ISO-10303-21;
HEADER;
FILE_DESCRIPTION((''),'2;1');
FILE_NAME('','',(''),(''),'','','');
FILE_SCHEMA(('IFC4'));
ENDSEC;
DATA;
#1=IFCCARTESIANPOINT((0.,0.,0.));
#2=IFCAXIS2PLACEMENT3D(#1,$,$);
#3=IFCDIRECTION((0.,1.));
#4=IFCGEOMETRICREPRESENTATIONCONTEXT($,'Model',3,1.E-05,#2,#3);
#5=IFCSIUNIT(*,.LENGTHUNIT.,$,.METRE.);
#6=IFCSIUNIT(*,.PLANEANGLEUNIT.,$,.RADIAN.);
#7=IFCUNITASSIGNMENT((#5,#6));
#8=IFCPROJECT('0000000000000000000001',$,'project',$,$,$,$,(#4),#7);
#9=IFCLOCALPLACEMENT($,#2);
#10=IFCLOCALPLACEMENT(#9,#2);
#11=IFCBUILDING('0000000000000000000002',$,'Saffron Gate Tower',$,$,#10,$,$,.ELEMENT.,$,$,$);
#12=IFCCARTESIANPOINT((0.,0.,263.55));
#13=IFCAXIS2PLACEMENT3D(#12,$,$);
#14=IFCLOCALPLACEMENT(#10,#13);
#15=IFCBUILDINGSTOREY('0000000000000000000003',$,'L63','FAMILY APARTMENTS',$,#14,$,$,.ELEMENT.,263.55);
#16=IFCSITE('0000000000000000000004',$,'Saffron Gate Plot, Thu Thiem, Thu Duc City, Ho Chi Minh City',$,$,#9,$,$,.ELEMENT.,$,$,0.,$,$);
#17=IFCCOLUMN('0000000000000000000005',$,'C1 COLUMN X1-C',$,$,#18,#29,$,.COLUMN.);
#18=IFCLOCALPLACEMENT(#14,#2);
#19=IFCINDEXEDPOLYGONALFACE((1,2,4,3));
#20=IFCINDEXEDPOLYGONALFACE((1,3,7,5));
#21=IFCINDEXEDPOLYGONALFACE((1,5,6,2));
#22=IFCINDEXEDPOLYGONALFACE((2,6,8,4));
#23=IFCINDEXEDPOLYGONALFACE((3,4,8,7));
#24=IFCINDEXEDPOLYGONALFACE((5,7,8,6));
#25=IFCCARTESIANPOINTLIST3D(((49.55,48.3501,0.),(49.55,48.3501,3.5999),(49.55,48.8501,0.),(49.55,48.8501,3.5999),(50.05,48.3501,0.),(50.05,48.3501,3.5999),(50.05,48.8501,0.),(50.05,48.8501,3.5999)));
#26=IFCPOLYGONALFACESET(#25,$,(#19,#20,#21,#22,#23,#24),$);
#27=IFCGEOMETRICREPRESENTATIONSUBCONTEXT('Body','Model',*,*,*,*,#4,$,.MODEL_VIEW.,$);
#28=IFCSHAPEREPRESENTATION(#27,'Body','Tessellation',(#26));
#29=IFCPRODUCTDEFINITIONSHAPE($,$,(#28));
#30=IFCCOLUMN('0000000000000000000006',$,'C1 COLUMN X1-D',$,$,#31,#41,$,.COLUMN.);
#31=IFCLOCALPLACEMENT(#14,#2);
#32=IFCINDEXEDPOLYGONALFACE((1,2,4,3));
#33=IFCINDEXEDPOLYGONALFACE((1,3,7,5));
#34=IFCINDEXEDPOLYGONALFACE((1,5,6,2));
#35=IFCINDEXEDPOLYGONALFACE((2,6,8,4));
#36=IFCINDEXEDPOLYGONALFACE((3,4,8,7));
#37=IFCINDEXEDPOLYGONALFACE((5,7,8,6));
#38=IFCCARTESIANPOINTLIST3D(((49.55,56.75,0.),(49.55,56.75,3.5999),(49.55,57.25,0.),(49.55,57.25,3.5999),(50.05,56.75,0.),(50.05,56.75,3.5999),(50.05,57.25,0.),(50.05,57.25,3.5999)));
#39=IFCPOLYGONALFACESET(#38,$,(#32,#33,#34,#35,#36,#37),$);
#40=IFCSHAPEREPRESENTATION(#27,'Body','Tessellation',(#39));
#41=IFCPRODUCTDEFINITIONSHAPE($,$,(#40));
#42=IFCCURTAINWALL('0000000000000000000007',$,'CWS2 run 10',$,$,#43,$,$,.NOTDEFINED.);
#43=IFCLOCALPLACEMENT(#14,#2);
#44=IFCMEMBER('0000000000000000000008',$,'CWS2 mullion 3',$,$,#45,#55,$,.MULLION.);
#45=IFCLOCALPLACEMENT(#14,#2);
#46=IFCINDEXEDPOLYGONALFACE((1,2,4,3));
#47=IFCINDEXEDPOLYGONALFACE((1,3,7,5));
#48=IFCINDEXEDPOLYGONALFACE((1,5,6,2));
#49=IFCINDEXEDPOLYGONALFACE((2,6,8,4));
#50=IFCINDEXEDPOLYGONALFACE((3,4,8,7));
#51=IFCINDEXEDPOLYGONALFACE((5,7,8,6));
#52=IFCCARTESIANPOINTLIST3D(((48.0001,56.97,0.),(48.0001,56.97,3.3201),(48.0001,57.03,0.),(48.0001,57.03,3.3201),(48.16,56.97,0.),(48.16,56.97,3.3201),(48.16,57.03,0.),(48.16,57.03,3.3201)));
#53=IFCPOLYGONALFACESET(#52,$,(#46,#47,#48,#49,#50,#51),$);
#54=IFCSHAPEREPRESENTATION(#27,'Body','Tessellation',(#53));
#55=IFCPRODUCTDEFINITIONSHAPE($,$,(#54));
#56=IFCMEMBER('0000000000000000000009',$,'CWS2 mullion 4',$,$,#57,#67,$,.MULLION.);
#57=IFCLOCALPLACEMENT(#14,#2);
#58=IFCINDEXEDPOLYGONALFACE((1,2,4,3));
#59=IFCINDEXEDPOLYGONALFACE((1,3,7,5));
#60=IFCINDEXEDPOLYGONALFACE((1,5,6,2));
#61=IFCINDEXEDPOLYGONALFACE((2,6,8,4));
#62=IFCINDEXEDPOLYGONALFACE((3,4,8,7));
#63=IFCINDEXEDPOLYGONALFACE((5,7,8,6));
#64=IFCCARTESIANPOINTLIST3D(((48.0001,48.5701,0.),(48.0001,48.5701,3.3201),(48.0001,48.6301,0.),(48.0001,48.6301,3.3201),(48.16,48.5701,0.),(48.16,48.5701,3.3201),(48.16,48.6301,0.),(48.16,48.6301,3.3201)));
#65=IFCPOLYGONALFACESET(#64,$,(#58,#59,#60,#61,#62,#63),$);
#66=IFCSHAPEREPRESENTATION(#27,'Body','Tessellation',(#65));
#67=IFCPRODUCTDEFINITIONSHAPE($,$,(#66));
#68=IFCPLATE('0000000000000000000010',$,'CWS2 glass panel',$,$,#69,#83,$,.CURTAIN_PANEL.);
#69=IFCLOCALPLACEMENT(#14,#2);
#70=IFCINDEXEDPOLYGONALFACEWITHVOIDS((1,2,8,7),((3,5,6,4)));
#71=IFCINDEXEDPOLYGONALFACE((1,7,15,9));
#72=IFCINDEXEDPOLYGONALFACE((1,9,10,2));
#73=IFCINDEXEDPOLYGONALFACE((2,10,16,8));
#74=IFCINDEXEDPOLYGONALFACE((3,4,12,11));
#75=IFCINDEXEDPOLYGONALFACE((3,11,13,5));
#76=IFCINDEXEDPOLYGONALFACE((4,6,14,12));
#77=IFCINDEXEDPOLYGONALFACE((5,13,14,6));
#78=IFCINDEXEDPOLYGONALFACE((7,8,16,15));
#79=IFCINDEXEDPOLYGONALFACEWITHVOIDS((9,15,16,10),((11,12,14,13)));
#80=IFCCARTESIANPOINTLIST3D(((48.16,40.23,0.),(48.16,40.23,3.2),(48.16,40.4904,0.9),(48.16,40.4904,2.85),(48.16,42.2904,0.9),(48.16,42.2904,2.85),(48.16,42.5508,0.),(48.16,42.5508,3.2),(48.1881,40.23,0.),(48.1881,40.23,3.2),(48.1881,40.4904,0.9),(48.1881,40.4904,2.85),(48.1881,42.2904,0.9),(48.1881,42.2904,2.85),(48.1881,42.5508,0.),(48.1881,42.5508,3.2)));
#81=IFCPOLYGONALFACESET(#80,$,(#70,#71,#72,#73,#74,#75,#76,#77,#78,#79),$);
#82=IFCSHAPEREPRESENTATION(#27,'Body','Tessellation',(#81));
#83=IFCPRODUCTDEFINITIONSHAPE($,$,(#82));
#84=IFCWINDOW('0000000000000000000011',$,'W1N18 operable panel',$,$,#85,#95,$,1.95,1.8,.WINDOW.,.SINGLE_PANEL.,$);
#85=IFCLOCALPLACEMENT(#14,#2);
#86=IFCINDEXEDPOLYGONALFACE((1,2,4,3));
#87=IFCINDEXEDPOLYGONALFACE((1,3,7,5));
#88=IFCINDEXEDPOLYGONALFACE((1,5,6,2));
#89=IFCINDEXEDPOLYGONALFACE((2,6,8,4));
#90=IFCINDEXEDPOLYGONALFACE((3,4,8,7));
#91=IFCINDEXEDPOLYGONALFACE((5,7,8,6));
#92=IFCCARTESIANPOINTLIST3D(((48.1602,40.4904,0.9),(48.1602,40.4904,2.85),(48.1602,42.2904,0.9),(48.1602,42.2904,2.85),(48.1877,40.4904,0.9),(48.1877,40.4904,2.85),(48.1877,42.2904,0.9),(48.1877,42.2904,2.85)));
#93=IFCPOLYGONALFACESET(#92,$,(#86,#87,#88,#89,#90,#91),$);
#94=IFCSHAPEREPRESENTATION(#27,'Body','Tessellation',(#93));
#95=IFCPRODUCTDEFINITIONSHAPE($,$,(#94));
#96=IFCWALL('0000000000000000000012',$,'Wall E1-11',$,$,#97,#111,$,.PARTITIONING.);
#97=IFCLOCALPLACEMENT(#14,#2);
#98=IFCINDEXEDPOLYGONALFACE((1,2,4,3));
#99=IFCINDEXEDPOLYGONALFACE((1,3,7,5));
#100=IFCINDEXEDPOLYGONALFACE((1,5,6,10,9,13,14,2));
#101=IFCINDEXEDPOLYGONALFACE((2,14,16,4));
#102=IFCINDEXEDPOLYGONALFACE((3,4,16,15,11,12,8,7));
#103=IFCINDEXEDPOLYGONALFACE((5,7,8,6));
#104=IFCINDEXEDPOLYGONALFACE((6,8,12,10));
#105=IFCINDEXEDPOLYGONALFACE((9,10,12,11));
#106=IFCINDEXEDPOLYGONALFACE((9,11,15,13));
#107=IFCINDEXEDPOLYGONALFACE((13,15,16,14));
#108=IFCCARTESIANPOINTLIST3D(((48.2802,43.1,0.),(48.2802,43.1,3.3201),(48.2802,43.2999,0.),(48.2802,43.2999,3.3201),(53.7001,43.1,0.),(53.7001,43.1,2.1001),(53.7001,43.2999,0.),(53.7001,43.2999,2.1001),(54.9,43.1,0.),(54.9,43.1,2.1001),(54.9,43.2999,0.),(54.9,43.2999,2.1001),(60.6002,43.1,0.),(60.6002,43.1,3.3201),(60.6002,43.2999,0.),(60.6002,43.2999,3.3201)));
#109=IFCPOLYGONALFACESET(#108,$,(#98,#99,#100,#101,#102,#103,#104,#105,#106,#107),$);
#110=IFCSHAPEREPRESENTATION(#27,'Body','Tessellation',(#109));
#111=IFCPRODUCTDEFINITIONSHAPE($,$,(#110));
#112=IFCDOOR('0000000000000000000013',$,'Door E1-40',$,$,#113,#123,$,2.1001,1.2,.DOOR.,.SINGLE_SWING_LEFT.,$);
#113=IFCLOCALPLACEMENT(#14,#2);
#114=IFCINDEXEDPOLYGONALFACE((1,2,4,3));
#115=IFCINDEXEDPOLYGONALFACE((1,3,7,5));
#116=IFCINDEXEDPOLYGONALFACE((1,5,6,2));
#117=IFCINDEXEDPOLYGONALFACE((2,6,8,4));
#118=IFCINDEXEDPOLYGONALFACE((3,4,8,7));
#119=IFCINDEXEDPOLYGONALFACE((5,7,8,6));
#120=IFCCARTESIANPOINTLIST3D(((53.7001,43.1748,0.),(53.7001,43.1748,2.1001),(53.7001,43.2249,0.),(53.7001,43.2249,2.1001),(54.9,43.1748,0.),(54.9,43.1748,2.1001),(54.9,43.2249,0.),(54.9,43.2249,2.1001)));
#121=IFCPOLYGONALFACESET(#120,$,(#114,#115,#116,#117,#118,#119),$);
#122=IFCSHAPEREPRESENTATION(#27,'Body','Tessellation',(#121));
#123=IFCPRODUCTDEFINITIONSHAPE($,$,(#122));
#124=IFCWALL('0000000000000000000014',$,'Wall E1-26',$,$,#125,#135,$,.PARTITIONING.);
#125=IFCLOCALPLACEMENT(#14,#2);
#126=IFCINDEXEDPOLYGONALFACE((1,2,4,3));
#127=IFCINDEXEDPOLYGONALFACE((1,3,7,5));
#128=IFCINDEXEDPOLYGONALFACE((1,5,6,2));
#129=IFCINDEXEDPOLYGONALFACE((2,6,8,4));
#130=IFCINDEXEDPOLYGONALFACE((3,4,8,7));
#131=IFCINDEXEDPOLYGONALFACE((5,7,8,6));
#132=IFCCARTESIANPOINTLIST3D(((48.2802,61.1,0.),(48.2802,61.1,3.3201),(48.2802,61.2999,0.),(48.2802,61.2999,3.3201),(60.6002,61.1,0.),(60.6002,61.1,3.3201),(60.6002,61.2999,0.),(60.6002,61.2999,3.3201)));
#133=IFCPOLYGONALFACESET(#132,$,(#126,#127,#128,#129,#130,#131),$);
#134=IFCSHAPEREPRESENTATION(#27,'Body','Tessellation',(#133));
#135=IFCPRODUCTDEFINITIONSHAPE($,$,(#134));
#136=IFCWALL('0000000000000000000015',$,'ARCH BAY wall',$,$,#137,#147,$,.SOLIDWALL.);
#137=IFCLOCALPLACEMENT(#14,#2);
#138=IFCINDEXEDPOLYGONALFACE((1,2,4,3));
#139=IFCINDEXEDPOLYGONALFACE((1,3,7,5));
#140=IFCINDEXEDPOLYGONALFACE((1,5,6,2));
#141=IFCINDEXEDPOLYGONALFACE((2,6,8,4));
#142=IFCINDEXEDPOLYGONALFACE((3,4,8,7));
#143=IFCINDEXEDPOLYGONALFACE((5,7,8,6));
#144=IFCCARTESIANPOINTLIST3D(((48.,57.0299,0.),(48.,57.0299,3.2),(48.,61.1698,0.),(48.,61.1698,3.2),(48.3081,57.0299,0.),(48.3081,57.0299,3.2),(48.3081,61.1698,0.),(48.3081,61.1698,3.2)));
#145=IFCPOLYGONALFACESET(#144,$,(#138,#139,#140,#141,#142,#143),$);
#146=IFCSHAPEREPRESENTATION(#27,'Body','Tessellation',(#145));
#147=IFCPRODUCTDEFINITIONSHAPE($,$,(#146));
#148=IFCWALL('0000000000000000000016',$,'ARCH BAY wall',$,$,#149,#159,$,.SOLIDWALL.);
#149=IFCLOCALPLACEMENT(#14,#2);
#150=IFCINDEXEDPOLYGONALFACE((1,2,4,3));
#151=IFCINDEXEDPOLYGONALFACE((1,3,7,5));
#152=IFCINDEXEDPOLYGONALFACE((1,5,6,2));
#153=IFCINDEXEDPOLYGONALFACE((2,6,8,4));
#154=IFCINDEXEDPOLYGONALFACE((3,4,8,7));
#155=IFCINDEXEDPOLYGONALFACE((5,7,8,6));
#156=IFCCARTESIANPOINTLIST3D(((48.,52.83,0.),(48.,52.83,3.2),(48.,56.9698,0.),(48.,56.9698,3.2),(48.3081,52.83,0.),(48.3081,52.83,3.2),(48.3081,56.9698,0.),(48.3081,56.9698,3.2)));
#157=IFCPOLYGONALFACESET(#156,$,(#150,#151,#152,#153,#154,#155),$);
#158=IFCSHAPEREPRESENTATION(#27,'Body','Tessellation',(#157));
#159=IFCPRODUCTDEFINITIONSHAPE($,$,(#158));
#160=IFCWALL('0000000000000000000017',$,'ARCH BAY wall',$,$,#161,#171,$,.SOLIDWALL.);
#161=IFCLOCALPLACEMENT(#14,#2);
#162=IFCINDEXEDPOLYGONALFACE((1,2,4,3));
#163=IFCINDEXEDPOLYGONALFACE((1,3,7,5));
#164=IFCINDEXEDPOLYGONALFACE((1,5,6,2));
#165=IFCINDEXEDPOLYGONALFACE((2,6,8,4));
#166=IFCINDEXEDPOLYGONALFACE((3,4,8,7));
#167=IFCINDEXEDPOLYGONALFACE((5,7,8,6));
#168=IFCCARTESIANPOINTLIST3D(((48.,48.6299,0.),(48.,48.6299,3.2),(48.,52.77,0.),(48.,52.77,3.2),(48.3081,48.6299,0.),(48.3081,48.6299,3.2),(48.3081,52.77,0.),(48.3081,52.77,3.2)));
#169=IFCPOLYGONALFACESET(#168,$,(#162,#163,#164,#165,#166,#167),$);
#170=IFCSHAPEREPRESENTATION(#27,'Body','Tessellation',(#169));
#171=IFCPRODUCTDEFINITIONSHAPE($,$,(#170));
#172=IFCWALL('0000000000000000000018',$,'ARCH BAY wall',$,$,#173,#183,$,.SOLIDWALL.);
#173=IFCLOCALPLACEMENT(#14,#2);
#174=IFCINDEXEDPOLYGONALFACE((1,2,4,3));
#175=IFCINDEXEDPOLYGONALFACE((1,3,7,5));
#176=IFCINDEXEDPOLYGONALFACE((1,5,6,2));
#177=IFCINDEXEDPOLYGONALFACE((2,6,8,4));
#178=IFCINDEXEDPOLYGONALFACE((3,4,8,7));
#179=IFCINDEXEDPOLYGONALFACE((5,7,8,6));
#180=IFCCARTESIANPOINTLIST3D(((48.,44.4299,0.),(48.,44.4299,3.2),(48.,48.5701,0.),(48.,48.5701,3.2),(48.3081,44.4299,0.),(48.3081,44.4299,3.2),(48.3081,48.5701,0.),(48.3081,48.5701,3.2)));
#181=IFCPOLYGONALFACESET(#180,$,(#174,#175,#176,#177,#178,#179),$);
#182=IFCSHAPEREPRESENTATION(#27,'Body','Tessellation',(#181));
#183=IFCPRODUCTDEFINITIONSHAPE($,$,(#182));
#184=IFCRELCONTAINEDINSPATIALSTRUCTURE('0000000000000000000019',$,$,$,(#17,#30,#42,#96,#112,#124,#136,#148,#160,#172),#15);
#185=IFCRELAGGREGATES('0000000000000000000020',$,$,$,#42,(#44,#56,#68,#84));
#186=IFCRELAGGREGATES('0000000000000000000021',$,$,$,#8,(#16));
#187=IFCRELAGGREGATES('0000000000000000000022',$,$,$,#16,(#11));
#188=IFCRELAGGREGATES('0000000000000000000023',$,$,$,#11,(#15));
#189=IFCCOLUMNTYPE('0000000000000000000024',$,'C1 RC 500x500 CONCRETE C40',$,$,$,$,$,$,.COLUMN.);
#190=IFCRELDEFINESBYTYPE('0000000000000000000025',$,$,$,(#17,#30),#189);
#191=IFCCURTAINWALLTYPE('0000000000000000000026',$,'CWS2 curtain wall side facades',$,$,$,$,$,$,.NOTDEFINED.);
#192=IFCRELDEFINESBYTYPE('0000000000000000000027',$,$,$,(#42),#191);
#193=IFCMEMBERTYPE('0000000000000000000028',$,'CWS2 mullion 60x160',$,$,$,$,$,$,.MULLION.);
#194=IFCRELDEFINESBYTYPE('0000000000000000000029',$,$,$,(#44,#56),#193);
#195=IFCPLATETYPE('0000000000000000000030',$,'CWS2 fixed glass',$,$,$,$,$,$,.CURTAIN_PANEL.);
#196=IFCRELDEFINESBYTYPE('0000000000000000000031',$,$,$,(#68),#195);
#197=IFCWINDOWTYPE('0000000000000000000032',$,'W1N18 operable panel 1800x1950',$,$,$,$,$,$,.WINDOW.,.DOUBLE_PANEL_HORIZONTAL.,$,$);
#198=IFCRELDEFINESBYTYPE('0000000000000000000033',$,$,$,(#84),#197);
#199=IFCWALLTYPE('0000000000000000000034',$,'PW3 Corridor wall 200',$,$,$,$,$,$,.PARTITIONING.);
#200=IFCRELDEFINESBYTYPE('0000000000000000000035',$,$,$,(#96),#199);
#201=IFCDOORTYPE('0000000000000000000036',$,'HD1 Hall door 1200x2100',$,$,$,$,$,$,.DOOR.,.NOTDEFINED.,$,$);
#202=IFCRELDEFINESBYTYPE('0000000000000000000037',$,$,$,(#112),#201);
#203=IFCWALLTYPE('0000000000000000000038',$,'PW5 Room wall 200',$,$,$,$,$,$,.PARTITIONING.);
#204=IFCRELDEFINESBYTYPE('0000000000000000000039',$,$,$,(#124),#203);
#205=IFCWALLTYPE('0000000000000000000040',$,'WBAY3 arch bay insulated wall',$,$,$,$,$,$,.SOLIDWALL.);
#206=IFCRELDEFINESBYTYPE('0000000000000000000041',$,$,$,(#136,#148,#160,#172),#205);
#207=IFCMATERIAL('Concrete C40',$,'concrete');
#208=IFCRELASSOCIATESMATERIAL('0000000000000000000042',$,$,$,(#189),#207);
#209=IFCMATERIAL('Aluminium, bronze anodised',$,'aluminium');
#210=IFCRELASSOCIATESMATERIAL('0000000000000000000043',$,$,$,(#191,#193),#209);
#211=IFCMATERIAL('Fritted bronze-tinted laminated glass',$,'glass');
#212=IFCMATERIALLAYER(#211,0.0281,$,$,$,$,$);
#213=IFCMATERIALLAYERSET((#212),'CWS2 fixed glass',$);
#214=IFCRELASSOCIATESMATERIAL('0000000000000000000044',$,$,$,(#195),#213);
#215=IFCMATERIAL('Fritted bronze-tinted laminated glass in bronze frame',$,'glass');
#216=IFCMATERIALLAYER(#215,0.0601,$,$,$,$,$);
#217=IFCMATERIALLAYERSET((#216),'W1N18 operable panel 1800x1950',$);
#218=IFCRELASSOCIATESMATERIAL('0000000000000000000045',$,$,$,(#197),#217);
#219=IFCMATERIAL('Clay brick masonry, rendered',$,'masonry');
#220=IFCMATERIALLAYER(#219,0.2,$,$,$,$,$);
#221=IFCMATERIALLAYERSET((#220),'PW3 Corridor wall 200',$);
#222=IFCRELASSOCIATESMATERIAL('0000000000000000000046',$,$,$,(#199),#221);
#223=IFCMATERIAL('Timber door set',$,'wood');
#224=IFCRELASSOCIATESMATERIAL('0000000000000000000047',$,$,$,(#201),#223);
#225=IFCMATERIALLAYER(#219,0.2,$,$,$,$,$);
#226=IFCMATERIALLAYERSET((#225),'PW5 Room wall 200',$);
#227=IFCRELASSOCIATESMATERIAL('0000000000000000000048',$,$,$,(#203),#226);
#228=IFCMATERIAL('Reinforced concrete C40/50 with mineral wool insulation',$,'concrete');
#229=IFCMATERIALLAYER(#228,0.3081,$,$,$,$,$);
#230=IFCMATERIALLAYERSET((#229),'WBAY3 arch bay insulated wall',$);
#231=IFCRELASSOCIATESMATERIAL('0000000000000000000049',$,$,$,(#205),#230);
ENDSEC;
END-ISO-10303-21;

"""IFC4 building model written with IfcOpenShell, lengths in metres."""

from ifc_helpers import new_model, si_unit, direction, frame, frame_2d, origin, origin_2d, place, context, subcontext, project, spatial, rectangle, extrude, material, layer, layer_set, material_profile, profile_set, type_object, element, fill, aggregate, save


model = new_model("IFC4")

# Units and contexts
model_context = context("Model", 3, precision=1e-05, world=origin(), true_north=direction((0.0, 1.0)))
body_context = subcontext(model_context, "Body", "Model", "MODEL_VIEW")
ifc_project = project(units=[si_unit("LENGTHUNIT", "METRE"), si_unit("PLANEANGLEUNIT", "RADIAN")], contexts=[model_context])

# Site, building, storey
site_placement = place(None, origin())
site = spatial("IfcSite", under=ifc_project, at=site_placement, Name="Saffron Gate Plot, Thu Thiem, Thu Duc City, Ho Chi Minh City", CompositionType="ELEMENT", RefElevation=0.0)
building_placement = place(site_placement, origin())
building = spatial("IfcBuilding", under=site, at=building_placement, Name="Saffron Gate Tower", CompositionType="ELEMENT")
storey_placement = place(building_placement, frame((0.0, 0.0, 263.55)))
storey = spatial("IfcBuildingStorey", under=building, at=storey_placement, Name="L63", Description="FAMILY APARTMENTS", CompositionType="ELEMENT", Elevation=263.55)

# Columns
ifc_material_1 = material(Name="Concrete C40", Category="concrete")
ifc_material_profile_1 = material_profile(ifc_material_1, rectangle(XDim=0.5, YDim=0.5, at=origin_2d()))
ifc_profile_set_1 = profile_set([ifc_material_profile_1], Name="Concrete C40")
column_type = type_object("IfcColumnType", Name="C1 RC 500x500 CONCRETE C40", PredefinedType="COLUMN", material=ifc_profile_set_1)
for number, where, z_axis, x_axis, name in (
    (1, (49.8, 48.6001, 0.0), (0.0, 0.0, 1.0), (1.0, 0.0, 0.0), "C1 COLUMN X1-C"),
    (2, (49.8, 57.0, 0.0), (0.0, 0.0, 1.0), (1.0, 0.0, 0.0), "C1 COLUMN X1-D"),
):
    element("IfcColumn", number, at=place(storey_placement, frame(where, z_axis=z_axis, x_axis=x_axis)), inside=storey, type_object=column_type, Name=name, PredefinedType="COLUMN", context=body_context, shape_type="SweptSolid", body=[
        extrude(rectangle(XDim=0.5, YDim=0.5, at=origin_2d()), origin(), (0.0, 0.0, 1.0), 3.5999),
    ])

# Curtain wall, members, plate, opening, window
ifc_material_2 = material(Name="Aluminium, bronze anodised", Category="aluminium")
curtain_wall_type = type_object("IfcCurtainWallType", Name="CWS2 curtain wall side facades", PredefinedType="NOTDEFINED", material=ifc_material_2)
curtain_wall_placement = place(storey_placement, origin())
curtain_wall = element("IfcCurtainWall", 3, at=curtain_wall_placement, inside=storey, type_object=curtain_wall_type, Name="CWS2 run 10", PredefinedType="NOTDEFINED")
ifc_material_profile_2 = material_profile(ifc_material_2, rectangle(XDim=0.1599, YDim=0.0601, at=origin_2d()))
ifc_profile_set_2 = profile_set([ifc_material_profile_2], Name="Aluminium, bronze anodised")
member_type = type_object("IfcMemberType", Name="CWS2 mullion 60x160", PredefinedType="MULLION", material=ifc_profile_set_2)
member_1_placement = place(storey_placement, frame((48.0801, 57.0, 0.0), z_axis=(0.0, 0.0, 1.0), x_axis=(1.0, 0.0, 0.0)))
member_1 = element("IfcMember", 4, at=member_1_placement, type_object=member_type, Name="CWS2 mullion 3", PredefinedType="MULLION", context=body_context, shape_type="SweptSolid", body=[
    extrude(rectangle(XDim=0.1599, YDim=0.0601, at=origin_2d()), origin(), (0.0, 0.0, 1.0), 3.3201),
])
member_2_placement = place(storey_placement, frame((48.0801, 48.6001, 0.0), z_axis=(0.0, 0.0, 1.0), x_axis=(1.0, 0.0, 0.0)))
member_2 = element("IfcMember", 5, at=member_2_placement, type_object=member_type, Name="CWS2 mullion 4", PredefinedType="MULLION", context=body_context, shape_type="SweptSolid", body=[
    extrude(rectangle(XDim=0.1599, YDim=0.0601, at=origin_2d()), origin(), (0.0, 0.0, 1.0), 3.3201),
])
ifc_material_3 = material(Name="Fritted bronze-tinted laminated glass", Category="glass")
ifc_layer_1 = layer(ifc_material_3, 0.0281)
ifc_layer_set_1 = layer_set([ifc_layer_1], Name="CWS2 fixed glass")
plate_type = type_object("IfcPlateType", Name="CWS2 fixed glass", PredefinedType="CURTAIN_PANEL", material=ifc_layer_set_1)
plate_placement = place(storey_placement, frame((48.1741, 42.5508, 0.0), z_axis=(0.0, 0.0, 1.0), x_axis=(0.0, -1.0, 0.0)))
plate = element("IfcPlate", 6, at=plate_placement, type_object=plate_type, Name="CWS2 glass panel", PredefinedType="CURTAIN_PANEL", context=body_context, shape_type="SweptSolid", body=[
    extrude(rectangle(XDim=2.3208, YDim=0.0281, at=frame_2d((1.1604, 0.0))), origin(), (0.0, 0.0, 1.0), 3.2),
])
opening_1_placement = place(plate_placement, frame((0.2605, 0.0, 0.8999)))
opening_1 = element("IfcOpeningElement", 7, at=opening_1_placement, cuts=plate, PredefinedType="OPENING", context=body_context, shape_type="SweptSolid", body=[
    extrude(rectangle(XDim=1.8, YDim=1.95, at=frame_2d((0.8999, 0.9751))), frame((0.0, 0.0239, 0.0), z_axis=(0.0, -1.0, 0.0), x_axis=(1.0, 0.0, 0.0)), (0.0, 0.0, 1.0), 0.0481),
])
ifc_material_4 = material(Name="Fritted bronze-tinted laminated glass in bronze frame", Category="glass")
ifc_layer_2 = layer(ifc_material_4, 0.0601)
ifc_layer_set_2 = layer_set([ifc_layer_2], Name="W1N18 operable panel 1800x1950")
window_type = type_object("IfcWindowType", Name="W1N18 operable panel 1800x1950", PartitioningType="DOUBLE_PANEL_HORIZONTAL", PredefinedType="WINDOW", material=ifc_layer_set_2)
window_placement = place(opening_1_placement, origin())
window = element("IfcWindow", 8, at=window_placement, type_object=window_type, Name="W1N18 operable panel", OverallHeight=1.95, OverallWidth=1.8, PartitioningType="SINGLE_PANEL", PredefinedType="WINDOW", context=body_context, shape_type="SweptSolid", body=[
    extrude(rectangle(XDim=1.8, YDim=1.95, at=frame_2d((0.8999, 0.9751))), frame((0.0, 0.0137, 0.0), z_axis=(0.0, -1.0, 0.0), x_axis=(1.0, 0.0, 0.0)), (0.0, 0.0, 1.0), 0.0276),
])
fill(opening_1, window)
aggregate(curtain_wall, [member_1, member_2, plate, window])

# Wall, opening, door
ifc_material_5 = material(Name="Clay brick masonry, rendered", Category="masonry")
ifc_layer_3 = layer(ifc_material_5, 0.2)
ifc_layer_set_3 = layer_set([ifc_layer_3], Name="PW3 Corridor wall 200")
wall_type_1 = type_object("IfcWallType", Name="PW3 Corridor wall 200", PredefinedType="PARTITIONING", material=ifc_layer_set_3)
wall_1_placement = place(storey_placement, frame((48.28, 43.2, 0.0), z_axis=(0.0, 0.0, 1.0), x_axis=(1.0, 0.0, 0.0)))
wall_1 = element("IfcWall", 9, at=wall_1_placement, inside=storey, type_object=wall_type_1, Name="Wall E1-11", PredefinedType="PARTITIONING", context=body_context, shape_type="SweptSolid", body=[
    extrude(rectangle(XDim=12.3201, YDim=0.2, at=frame_2d((6.1602, 0.0))), origin(), (0.0, 0.0, 1.0), 3.3201),
])
opening_2_placement = place(wall_1_placement, frame((5.4199, 0.0, 0.0)))
opening_2 = element("IfcOpeningElement", 10, at=opening_2_placement, cuts=wall_1, PredefinedType="OPENING", context=body_context, shape_type="SweptSolid", body=[
    extrude(rectangle(XDim=1.2, YDim=2.1001, at=frame_2d((0.6001, 1.05))), frame((0.0, 0.1099, 0.0), z_axis=(0.0, -1.0, 0.0), x_axis=(1.0, 0.0, 0.0)), (0.0, 0.0, 1.0), 0.22),
])
ifc_material_6 = material(Name="Timber door set", Category="wood")
door_type = type_object("IfcDoorType", Name="HD1 Hall door 1200x2100", OperationType="NOTDEFINED", PredefinedType="DOOR", material=ifc_material_6)
door_placement = place(opening_2_placement, origin())
door = element("IfcDoor", 11, at=door_placement, inside=storey, type_object=door_type, Name="Door E1-40", OperationType="SINGLE_SWING_LEFT", OverallHeight=2.1001, OverallWidth=1.2, PredefinedType="DOOR", context=body_context, shape_type="SweptSolid", body=[
    extrude(rectangle(XDim=1.2, YDim=2.1001, at=frame_2d((0.6001, 1.05))), frame((0.0, 0.0249, 0.0), z_axis=(0.0, -1.0, 0.0), x_axis=(1.0, 0.0, 0.0)), (0.0, 0.0, 1.0), 0.05),
])
fill(opening_2, door)

# Walls
ifc_layer_4 = layer(ifc_material_5, 0.2)
ifc_layer_set_4 = layer_set([ifc_layer_4], Name="PW5 Room wall 200")
wall_type_2 = type_object("IfcWallType", Name="PW5 Room wall 200", PredefinedType="PARTITIONING", material=ifc_layer_set_4)
wall_2_placement = place(storey_placement, frame((48.28, 61.2, 0.0), z_axis=(0.0, 0.0, 1.0), x_axis=(1.0, 0.0, 0.0)))
element("IfcWall", 12, at=wall_2_placement, inside=storey, type_object=wall_type_2, Name="Wall E1-26", PredefinedType="PARTITIONING", context=body_context, shape_type="SweptSolid", body=[
    extrude(rectangle(XDim=12.3201, YDim=0.2, at=frame_2d((6.1602, 0.0))), origin(), (0.0, 0.0, 1.0), 3.3201),
])
ifc_material_7 = material(Name="Reinforced concrete C40/50 with mineral wool insulation", Category="concrete")
ifc_layer_5 = layer(ifc_material_7, 0.3081)
ifc_layer_set_5 = layer_set([ifc_layer_5], Name="WBAY3 arch bay insulated wall")
wall_type_3 = type_object("IfcWallType", Name="WBAY3 arch bay insulated wall", PredefinedType="SOLIDWALL", material=ifc_layer_set_5)
for number, where, z_axis, x_axis, name in (
    (13, (48.1541, 57.03, 0.0), (0.0, 0.0, 1.0), (0.0, 1.0, 0.0), "ARCH BAY wall"),
    (14, (48.1541, 52.8301, 0.0), (0.0, 0.0, 1.0), (0.0, 1.0, 0.0), "ARCH BAY wall"),
):
    element("IfcWall", number, at=place(storey_placement, frame(where, z_axis=z_axis, x_axis=x_axis)), inside=storey, type_object=wall_type_3, Name=name, PredefinedType="SOLIDWALL", context=body_context, shape_type="SweptSolid", body=[
        extrude(rectangle(XDim=4.1399, YDim=0.3081, at=frame_2d((2.0698, 0.0))), origin(), (0.0, 0.0, 1.0), 3.2),
    ])
for number, where, z_axis, x_axis, name in (
    (15, (48.1541, 48.6299, 0.0), (0.0, 0.0, 1.0), (0.0, 1.0, 0.0), "ARCH BAY wall"),
    (16, (48.1541, 44.4299, 0.0), (0.0, 0.0, 1.0), (0.0, 1.0, 0.0), "ARCH BAY wall"),
):
    element("IfcWall", number, at=place(storey_placement, frame(where, z_axis=z_axis, x_axis=x_axis)), inside=storey, type_object=wall_type_3, Name=name, PredefinedType="SOLIDWALL", context=body_context, shape_type="SweptSolid", body=[
        extrude(rectangle(XDim=4.1401, YDim=0.3081, at=frame_2d((2.0701, 0.0))), origin(), (0.0, 0.0, 1.0), 3.2),
    ])

save(model, "model.ifc")
